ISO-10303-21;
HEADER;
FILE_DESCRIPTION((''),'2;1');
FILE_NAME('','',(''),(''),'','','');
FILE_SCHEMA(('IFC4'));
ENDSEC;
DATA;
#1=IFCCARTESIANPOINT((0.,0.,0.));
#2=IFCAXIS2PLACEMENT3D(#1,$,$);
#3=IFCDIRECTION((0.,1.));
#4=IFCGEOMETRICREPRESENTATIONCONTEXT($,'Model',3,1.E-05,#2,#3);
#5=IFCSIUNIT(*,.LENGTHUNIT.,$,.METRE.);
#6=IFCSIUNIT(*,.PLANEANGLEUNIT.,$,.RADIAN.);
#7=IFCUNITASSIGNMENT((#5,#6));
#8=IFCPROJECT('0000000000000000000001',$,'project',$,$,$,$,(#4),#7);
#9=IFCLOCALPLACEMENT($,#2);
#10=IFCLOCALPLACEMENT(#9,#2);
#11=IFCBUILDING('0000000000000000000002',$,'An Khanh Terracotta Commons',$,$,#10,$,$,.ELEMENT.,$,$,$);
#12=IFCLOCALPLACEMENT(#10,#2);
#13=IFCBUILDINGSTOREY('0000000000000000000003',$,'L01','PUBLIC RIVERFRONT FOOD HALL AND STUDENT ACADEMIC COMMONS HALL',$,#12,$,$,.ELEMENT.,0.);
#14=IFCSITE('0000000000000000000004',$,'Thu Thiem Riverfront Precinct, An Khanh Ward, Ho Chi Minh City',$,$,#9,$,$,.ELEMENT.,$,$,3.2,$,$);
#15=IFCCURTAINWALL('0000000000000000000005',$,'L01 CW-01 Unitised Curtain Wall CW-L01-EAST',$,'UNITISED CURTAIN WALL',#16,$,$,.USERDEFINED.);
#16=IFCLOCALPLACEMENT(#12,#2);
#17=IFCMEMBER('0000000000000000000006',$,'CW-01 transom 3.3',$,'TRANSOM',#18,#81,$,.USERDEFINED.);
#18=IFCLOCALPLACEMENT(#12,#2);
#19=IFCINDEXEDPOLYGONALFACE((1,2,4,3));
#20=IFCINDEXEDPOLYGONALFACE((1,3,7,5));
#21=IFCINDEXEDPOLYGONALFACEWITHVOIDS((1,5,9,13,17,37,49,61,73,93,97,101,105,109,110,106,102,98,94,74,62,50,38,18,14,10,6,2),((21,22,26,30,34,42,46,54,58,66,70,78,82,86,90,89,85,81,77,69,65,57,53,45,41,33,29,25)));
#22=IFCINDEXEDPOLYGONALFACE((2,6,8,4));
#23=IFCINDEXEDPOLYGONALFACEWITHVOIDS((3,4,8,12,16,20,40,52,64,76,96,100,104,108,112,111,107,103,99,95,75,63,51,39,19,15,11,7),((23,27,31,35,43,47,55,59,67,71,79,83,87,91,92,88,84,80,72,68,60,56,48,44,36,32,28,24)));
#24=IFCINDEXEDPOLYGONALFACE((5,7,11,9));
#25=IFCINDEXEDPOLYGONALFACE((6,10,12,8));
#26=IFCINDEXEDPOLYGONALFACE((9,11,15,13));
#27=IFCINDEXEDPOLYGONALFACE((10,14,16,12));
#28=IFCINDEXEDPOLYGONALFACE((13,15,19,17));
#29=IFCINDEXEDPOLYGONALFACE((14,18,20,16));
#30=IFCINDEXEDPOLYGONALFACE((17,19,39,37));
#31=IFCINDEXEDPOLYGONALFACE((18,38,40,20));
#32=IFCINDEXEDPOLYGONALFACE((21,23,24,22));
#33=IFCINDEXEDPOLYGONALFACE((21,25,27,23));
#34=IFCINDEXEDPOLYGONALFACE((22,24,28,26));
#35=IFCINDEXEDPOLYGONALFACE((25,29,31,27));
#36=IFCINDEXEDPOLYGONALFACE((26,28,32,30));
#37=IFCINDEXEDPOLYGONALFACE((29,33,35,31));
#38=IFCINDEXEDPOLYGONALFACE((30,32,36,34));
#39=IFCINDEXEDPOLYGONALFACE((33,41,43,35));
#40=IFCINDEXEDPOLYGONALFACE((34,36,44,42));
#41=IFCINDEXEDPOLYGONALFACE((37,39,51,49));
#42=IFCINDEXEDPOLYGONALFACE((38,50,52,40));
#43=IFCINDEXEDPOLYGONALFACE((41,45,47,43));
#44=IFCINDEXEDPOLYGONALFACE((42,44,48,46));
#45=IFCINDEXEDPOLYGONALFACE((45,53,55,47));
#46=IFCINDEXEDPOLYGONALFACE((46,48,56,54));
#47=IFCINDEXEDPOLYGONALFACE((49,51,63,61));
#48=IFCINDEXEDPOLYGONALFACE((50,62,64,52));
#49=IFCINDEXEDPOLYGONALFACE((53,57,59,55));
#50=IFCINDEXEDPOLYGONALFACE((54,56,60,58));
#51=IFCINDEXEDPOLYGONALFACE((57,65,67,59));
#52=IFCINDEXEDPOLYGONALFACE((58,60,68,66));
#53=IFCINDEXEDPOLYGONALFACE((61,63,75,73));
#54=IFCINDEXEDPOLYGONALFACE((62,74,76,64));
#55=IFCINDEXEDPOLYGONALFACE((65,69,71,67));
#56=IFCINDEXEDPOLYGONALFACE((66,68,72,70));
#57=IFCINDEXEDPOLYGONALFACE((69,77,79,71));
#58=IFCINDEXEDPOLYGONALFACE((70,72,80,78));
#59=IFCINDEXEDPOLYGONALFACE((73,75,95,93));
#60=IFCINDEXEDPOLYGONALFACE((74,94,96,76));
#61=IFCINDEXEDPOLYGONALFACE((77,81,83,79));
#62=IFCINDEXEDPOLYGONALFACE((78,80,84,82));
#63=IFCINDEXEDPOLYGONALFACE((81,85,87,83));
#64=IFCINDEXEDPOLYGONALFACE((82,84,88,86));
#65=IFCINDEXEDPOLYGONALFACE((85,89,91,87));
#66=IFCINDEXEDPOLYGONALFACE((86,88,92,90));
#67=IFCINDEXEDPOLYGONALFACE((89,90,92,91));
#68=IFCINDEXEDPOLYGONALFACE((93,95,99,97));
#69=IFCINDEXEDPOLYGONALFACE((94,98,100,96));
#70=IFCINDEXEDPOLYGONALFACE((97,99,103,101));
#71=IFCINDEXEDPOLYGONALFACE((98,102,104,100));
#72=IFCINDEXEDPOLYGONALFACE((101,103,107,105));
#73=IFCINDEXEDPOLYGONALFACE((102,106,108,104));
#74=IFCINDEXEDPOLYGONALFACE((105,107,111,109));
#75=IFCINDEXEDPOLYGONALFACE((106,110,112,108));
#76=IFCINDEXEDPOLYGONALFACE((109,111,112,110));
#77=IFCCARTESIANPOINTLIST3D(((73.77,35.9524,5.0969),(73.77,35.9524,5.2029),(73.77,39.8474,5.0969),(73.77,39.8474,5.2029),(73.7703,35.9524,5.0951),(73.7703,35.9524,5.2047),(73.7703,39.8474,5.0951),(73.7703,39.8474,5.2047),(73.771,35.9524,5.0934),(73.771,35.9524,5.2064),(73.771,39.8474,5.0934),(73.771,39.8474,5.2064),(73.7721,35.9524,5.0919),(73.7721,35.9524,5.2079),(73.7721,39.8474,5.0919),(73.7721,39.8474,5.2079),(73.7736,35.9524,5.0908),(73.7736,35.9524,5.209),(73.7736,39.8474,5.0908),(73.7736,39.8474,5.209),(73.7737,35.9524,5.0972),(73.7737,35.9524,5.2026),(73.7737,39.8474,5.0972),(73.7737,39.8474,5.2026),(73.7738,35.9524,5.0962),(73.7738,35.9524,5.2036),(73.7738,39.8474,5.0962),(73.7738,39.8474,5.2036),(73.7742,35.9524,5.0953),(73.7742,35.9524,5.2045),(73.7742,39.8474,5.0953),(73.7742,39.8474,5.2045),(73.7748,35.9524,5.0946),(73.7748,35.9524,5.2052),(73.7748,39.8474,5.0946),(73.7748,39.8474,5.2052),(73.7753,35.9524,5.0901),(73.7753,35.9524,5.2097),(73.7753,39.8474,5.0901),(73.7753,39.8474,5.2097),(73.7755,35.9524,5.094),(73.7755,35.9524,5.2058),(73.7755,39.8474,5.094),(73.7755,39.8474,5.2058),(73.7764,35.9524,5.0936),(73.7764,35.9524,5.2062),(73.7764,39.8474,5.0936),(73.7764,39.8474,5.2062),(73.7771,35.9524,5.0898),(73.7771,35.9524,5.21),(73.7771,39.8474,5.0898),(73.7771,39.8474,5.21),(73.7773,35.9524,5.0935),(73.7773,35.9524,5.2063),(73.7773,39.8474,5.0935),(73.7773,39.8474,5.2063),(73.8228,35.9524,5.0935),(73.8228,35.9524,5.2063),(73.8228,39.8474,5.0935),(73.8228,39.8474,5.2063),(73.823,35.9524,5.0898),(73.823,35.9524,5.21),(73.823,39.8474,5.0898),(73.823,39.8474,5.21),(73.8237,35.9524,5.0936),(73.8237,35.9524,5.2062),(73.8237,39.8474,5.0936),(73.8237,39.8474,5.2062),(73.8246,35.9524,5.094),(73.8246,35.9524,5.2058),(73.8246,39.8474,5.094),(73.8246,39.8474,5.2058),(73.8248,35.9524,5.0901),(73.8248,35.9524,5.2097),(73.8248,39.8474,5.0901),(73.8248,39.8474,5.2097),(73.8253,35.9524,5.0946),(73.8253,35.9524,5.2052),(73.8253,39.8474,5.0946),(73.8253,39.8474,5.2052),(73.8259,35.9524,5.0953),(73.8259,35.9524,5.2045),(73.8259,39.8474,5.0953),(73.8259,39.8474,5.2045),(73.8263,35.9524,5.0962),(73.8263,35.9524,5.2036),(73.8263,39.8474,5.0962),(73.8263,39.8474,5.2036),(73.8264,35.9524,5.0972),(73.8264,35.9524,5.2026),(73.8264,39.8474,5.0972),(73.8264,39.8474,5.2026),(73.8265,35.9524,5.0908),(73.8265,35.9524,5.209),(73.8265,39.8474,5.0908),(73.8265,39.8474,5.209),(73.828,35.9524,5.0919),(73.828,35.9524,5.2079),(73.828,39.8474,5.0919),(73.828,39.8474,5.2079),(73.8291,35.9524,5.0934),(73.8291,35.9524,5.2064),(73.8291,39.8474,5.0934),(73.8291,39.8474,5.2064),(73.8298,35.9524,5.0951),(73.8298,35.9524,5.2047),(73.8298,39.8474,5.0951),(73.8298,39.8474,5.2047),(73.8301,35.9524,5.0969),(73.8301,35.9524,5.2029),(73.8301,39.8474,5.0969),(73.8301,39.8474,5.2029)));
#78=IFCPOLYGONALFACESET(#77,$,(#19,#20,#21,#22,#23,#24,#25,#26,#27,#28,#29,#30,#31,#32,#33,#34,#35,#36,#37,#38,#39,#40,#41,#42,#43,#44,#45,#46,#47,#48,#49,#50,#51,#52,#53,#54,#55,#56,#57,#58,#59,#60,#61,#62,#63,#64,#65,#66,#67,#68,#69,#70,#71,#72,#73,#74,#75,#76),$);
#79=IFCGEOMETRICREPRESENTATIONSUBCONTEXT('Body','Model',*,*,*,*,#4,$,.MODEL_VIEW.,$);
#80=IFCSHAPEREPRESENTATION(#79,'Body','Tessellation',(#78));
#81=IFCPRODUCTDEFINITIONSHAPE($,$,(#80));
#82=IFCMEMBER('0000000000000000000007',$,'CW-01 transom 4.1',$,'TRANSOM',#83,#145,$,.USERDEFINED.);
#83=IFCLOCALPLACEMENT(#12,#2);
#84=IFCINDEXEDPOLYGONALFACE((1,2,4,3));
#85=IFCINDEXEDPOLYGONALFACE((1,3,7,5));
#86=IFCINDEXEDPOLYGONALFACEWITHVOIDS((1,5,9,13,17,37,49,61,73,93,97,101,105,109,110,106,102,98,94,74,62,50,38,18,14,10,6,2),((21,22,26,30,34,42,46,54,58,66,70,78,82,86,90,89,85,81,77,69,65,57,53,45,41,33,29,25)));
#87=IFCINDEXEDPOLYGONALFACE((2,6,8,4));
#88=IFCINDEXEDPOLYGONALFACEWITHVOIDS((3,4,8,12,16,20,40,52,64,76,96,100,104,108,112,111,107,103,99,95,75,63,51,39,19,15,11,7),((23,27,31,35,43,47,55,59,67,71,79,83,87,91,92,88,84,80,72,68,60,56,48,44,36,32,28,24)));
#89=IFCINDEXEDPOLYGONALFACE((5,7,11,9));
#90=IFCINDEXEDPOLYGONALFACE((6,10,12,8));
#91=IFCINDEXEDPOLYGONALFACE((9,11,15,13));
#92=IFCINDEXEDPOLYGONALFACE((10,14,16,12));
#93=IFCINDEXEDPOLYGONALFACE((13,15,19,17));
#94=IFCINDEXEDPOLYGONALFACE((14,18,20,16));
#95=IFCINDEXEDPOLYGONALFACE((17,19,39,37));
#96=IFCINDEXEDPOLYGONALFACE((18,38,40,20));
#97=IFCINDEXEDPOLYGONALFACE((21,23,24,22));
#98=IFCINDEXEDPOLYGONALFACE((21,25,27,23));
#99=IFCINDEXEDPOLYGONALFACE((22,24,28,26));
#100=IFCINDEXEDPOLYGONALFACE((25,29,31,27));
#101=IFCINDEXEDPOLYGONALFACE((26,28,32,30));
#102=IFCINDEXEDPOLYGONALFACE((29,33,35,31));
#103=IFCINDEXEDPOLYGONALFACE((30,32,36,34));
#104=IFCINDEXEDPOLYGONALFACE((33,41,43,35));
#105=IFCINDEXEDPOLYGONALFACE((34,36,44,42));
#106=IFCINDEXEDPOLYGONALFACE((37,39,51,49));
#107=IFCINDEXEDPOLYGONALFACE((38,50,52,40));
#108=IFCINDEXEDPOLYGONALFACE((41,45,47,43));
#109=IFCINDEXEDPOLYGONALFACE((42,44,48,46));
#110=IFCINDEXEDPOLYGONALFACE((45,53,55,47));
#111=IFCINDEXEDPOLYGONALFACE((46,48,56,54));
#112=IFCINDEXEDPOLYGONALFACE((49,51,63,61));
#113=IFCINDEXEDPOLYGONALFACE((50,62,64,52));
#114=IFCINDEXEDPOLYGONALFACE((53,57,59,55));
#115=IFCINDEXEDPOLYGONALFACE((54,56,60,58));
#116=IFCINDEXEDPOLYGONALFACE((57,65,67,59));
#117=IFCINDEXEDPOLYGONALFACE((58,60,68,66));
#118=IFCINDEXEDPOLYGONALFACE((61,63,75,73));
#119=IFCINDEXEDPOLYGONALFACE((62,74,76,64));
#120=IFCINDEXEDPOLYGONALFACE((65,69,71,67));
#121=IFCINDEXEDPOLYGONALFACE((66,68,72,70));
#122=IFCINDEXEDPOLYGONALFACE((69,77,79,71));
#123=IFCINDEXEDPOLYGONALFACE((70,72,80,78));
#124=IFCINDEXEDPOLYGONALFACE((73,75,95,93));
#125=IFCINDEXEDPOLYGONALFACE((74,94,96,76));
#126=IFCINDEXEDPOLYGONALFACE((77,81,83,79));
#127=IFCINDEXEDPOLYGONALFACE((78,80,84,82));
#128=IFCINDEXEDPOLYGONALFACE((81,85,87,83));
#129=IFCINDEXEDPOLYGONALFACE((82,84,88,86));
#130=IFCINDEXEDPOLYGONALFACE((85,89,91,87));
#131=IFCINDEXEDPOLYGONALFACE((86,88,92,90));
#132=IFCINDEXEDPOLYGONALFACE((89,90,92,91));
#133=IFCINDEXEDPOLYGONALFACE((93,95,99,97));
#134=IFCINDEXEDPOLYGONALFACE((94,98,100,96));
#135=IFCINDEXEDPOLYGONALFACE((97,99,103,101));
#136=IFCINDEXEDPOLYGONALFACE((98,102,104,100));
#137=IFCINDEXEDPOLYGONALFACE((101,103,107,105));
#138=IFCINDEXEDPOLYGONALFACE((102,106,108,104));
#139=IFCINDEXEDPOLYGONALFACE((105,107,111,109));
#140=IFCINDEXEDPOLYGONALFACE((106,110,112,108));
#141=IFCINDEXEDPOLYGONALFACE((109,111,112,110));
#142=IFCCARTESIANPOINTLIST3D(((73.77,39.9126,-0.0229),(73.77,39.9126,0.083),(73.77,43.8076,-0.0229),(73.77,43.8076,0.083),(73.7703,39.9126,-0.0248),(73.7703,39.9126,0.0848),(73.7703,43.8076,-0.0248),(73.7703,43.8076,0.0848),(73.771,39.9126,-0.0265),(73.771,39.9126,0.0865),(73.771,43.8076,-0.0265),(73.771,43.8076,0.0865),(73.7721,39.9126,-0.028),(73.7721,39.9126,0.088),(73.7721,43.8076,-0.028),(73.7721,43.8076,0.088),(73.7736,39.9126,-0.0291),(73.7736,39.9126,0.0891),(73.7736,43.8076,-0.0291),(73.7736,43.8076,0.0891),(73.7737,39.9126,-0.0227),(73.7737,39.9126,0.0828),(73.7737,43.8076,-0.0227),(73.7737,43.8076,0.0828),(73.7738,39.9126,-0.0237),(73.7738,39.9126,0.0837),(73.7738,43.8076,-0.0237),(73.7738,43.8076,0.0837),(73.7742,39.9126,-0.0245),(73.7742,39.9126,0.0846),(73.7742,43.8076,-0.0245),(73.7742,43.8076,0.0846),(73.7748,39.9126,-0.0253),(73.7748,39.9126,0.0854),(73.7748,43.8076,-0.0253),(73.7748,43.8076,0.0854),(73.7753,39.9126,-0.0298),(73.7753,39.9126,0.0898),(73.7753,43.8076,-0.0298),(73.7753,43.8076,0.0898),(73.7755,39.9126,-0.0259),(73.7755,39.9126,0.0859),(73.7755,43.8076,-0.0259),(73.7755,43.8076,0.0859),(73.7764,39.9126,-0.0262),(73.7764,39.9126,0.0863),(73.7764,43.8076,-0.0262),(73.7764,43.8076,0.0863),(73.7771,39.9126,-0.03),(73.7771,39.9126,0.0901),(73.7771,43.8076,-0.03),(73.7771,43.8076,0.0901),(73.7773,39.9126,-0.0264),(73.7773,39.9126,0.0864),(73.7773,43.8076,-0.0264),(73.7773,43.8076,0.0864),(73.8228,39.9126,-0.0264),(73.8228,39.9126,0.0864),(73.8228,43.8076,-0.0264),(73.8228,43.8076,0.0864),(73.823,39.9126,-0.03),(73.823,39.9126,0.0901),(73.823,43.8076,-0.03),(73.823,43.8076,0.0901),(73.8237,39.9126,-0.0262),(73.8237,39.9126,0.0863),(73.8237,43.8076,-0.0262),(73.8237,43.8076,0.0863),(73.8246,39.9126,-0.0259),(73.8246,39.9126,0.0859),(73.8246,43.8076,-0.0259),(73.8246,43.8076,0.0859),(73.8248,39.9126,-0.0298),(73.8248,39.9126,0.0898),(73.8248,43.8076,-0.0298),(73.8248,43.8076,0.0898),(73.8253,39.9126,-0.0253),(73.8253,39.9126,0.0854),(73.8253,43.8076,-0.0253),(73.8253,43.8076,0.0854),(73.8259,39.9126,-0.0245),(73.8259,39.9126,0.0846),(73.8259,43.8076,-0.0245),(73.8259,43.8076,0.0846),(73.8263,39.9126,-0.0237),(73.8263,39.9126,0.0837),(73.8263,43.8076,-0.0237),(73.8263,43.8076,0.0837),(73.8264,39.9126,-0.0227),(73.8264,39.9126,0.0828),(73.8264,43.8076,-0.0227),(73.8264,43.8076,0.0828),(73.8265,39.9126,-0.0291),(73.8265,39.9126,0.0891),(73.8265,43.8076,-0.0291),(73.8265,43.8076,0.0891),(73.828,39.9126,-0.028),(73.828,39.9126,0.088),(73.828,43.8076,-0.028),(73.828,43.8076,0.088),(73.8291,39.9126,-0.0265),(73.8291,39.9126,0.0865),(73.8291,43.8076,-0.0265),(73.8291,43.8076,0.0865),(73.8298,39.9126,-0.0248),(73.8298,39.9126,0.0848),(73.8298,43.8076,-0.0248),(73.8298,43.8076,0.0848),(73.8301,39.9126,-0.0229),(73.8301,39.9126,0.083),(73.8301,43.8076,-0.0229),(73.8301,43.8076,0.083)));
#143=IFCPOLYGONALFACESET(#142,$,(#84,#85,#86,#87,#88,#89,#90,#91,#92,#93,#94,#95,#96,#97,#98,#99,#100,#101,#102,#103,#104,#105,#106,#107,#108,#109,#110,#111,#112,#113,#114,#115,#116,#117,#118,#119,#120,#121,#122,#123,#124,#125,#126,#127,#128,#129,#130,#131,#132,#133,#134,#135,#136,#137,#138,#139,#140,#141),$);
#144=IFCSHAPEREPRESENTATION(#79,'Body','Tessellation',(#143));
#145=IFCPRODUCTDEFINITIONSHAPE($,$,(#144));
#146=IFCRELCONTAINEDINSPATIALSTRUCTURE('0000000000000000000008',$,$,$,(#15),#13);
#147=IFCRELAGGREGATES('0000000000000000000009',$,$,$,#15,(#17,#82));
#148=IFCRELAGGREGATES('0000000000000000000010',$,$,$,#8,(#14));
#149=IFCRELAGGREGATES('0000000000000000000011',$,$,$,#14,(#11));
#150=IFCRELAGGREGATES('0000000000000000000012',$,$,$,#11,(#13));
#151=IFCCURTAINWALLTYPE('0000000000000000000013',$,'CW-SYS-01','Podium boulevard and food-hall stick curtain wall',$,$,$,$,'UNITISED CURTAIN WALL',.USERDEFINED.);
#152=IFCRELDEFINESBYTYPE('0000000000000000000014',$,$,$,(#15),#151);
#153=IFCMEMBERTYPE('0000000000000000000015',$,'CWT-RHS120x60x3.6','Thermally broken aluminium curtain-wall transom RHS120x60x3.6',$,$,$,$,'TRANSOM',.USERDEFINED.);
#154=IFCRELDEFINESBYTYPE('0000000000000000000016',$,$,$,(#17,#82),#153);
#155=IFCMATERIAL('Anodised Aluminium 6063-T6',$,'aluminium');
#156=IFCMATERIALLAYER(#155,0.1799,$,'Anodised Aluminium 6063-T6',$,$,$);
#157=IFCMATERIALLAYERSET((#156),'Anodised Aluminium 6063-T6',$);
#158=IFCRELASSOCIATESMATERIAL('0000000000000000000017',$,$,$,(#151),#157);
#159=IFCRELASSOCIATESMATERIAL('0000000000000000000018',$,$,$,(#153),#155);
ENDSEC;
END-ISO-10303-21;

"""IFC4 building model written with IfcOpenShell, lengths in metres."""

from ifc_helpers import new_model, si_unit, direction, frame, origin, origin_2d, place, context, subcontext, project, spatial, hollow_rectangle, extrude, material, layer, layer_set, material_profile, profile_set, type_object, element, aggregate, save


model = new_model("IFC4")

# Units and contexts
model_context = context("Model", 3, precision=1e-05, world=origin(), true_north=direction((0.0, 1.0)))
body_context = subcontext(model_context, "Body", "Model", "MODEL_VIEW")
ifc_project = project(units=[si_unit("LENGTHUNIT", "METRE"), si_unit("PLANEANGLEUNIT", "RADIAN")], contexts=[model_context])

# Site, building, storey
site_placement = place(None, origin())
site = spatial("IfcSite", under=ifc_project, at=site_placement, Name="Thu Thiem Riverfront Precinct, An Khanh Ward, Ho Chi Minh City", CompositionType="ELEMENT", RefElevation=3.2)
building_placement = place(site_placement, origin())
building = spatial("IfcBuilding", under=site, at=building_placement, Name="An Khanh Terracotta Commons", CompositionType="ELEMENT")
storey_placement = place(building_placement, origin())
storey = spatial("IfcBuildingStorey", under=building, at=storey_placement, Name="L01", Description="PUBLIC RIVERFRONT FOOD HALL AND STUDENT ACADEMIC COMMONS HALL", CompositionType="ELEMENT", Elevation=0.0)

# Curtain wall, members
ifc_material_1 = material(Name="Anodised Aluminium 6063-T6", Category="aluminium")
ifc_layer_1 = layer(ifc_material_1, 0.1799, Name="Anodised Aluminium 6063-T6")
ifc_layer_set_1 = layer_set([ifc_layer_1], Name="Anodised Aluminium 6063-T6")
curtain_wall_type = type_object("IfcCurtainWallType", Name="CW-SYS-01", Description="Podium boulevard and food-hall stick curtain wall", ElementType="UNITISED CURTAIN WALL", PredefinedType="USERDEFINED", material=ifc_layer_set_1)
curtain_wall_placement = place(storey_placement, origin())
curtain_wall = element("IfcCurtainWall", 1, at=curtain_wall_placement, inside=storey, type_object=curtain_wall_type, Name="L01 CW-01 Unitised Curtain Wall CW-L01-EAST", ObjectType="UNITISED CURTAIN WALL", PredefinedType="USERDEFINED")
ifc_material_profile_1 = material_profile(ifc_material_1, hollow_rectangle(XDim=0.0601, YDim=0.1201, WallThickness=0.0037, InnerFilletRadius=0.0037, OuterFilletRadius=0.0071, at=origin_2d()), Name="RHS120x60x3.6")
ifc_profile_set_1 = profile_set([ifc_material_profile_1], Name="Anodised Aluminium 6063-T6")
member_type_1 = type_object("IfcMemberType", Name="CWT-RHS120x60x3.6", Description="Thermally broken aluminium curtain-wall transom RHS120x60x3.6", ElementType="TRANSOM", PredefinedType="USERDEFINED", material=ifc_profile_set_1)
member_1_placement = place(storey_placement, frame((73.8, 35.9524, 5.1499), z_axis=(0.0, 1.0, 0.0), x_axis=(-1.0, 0.0, 0.0)))
member_1 = element("IfcMember", 2, at=member_1_placement, type_object=member_type_1, Name="CW-01 transom 3.3", ObjectType="TRANSOM", PredefinedType="USERDEFINED", context=body_context, shape_type="SweptSolid", body=[
    extrude(hollow_rectangle(XDim=0.0601, YDim=0.1201, WallThickness=0.0037, InnerFilletRadius=0.0037, OuterFilletRadius=0.0071, at=origin_2d()), origin(), (0.0, 0.0, 1.0), 3.895),
])
member_2_placement = place(storey_placement, frame((73.8, 39.9126, 0.03), z_axis=(0.0, 1.0, 0.0), x_axis=(-1.0, 0.0, 0.0)))
member_2 = element("IfcMember", 3, at=member_2_placement, type_object=member_type_1, Name="CW-01 transom 4.1", ObjectType="TRANSOM", PredefinedType="USERDEFINED", context=body_context, shape_type="SweptSolid", body=[
    extrude(hollow_rectangle(XDim=0.0601, YDim=0.1201, WallThickness=0.0037, InnerFilletRadius=0.0037, OuterFilletRadius=0.0071, at=origin_2d()), origin(), (0.0, 0.0, 1.0), 3.895),
])
aggregate(curtain_wall, [member_1, member_2])

save(model, "model.ifc")
